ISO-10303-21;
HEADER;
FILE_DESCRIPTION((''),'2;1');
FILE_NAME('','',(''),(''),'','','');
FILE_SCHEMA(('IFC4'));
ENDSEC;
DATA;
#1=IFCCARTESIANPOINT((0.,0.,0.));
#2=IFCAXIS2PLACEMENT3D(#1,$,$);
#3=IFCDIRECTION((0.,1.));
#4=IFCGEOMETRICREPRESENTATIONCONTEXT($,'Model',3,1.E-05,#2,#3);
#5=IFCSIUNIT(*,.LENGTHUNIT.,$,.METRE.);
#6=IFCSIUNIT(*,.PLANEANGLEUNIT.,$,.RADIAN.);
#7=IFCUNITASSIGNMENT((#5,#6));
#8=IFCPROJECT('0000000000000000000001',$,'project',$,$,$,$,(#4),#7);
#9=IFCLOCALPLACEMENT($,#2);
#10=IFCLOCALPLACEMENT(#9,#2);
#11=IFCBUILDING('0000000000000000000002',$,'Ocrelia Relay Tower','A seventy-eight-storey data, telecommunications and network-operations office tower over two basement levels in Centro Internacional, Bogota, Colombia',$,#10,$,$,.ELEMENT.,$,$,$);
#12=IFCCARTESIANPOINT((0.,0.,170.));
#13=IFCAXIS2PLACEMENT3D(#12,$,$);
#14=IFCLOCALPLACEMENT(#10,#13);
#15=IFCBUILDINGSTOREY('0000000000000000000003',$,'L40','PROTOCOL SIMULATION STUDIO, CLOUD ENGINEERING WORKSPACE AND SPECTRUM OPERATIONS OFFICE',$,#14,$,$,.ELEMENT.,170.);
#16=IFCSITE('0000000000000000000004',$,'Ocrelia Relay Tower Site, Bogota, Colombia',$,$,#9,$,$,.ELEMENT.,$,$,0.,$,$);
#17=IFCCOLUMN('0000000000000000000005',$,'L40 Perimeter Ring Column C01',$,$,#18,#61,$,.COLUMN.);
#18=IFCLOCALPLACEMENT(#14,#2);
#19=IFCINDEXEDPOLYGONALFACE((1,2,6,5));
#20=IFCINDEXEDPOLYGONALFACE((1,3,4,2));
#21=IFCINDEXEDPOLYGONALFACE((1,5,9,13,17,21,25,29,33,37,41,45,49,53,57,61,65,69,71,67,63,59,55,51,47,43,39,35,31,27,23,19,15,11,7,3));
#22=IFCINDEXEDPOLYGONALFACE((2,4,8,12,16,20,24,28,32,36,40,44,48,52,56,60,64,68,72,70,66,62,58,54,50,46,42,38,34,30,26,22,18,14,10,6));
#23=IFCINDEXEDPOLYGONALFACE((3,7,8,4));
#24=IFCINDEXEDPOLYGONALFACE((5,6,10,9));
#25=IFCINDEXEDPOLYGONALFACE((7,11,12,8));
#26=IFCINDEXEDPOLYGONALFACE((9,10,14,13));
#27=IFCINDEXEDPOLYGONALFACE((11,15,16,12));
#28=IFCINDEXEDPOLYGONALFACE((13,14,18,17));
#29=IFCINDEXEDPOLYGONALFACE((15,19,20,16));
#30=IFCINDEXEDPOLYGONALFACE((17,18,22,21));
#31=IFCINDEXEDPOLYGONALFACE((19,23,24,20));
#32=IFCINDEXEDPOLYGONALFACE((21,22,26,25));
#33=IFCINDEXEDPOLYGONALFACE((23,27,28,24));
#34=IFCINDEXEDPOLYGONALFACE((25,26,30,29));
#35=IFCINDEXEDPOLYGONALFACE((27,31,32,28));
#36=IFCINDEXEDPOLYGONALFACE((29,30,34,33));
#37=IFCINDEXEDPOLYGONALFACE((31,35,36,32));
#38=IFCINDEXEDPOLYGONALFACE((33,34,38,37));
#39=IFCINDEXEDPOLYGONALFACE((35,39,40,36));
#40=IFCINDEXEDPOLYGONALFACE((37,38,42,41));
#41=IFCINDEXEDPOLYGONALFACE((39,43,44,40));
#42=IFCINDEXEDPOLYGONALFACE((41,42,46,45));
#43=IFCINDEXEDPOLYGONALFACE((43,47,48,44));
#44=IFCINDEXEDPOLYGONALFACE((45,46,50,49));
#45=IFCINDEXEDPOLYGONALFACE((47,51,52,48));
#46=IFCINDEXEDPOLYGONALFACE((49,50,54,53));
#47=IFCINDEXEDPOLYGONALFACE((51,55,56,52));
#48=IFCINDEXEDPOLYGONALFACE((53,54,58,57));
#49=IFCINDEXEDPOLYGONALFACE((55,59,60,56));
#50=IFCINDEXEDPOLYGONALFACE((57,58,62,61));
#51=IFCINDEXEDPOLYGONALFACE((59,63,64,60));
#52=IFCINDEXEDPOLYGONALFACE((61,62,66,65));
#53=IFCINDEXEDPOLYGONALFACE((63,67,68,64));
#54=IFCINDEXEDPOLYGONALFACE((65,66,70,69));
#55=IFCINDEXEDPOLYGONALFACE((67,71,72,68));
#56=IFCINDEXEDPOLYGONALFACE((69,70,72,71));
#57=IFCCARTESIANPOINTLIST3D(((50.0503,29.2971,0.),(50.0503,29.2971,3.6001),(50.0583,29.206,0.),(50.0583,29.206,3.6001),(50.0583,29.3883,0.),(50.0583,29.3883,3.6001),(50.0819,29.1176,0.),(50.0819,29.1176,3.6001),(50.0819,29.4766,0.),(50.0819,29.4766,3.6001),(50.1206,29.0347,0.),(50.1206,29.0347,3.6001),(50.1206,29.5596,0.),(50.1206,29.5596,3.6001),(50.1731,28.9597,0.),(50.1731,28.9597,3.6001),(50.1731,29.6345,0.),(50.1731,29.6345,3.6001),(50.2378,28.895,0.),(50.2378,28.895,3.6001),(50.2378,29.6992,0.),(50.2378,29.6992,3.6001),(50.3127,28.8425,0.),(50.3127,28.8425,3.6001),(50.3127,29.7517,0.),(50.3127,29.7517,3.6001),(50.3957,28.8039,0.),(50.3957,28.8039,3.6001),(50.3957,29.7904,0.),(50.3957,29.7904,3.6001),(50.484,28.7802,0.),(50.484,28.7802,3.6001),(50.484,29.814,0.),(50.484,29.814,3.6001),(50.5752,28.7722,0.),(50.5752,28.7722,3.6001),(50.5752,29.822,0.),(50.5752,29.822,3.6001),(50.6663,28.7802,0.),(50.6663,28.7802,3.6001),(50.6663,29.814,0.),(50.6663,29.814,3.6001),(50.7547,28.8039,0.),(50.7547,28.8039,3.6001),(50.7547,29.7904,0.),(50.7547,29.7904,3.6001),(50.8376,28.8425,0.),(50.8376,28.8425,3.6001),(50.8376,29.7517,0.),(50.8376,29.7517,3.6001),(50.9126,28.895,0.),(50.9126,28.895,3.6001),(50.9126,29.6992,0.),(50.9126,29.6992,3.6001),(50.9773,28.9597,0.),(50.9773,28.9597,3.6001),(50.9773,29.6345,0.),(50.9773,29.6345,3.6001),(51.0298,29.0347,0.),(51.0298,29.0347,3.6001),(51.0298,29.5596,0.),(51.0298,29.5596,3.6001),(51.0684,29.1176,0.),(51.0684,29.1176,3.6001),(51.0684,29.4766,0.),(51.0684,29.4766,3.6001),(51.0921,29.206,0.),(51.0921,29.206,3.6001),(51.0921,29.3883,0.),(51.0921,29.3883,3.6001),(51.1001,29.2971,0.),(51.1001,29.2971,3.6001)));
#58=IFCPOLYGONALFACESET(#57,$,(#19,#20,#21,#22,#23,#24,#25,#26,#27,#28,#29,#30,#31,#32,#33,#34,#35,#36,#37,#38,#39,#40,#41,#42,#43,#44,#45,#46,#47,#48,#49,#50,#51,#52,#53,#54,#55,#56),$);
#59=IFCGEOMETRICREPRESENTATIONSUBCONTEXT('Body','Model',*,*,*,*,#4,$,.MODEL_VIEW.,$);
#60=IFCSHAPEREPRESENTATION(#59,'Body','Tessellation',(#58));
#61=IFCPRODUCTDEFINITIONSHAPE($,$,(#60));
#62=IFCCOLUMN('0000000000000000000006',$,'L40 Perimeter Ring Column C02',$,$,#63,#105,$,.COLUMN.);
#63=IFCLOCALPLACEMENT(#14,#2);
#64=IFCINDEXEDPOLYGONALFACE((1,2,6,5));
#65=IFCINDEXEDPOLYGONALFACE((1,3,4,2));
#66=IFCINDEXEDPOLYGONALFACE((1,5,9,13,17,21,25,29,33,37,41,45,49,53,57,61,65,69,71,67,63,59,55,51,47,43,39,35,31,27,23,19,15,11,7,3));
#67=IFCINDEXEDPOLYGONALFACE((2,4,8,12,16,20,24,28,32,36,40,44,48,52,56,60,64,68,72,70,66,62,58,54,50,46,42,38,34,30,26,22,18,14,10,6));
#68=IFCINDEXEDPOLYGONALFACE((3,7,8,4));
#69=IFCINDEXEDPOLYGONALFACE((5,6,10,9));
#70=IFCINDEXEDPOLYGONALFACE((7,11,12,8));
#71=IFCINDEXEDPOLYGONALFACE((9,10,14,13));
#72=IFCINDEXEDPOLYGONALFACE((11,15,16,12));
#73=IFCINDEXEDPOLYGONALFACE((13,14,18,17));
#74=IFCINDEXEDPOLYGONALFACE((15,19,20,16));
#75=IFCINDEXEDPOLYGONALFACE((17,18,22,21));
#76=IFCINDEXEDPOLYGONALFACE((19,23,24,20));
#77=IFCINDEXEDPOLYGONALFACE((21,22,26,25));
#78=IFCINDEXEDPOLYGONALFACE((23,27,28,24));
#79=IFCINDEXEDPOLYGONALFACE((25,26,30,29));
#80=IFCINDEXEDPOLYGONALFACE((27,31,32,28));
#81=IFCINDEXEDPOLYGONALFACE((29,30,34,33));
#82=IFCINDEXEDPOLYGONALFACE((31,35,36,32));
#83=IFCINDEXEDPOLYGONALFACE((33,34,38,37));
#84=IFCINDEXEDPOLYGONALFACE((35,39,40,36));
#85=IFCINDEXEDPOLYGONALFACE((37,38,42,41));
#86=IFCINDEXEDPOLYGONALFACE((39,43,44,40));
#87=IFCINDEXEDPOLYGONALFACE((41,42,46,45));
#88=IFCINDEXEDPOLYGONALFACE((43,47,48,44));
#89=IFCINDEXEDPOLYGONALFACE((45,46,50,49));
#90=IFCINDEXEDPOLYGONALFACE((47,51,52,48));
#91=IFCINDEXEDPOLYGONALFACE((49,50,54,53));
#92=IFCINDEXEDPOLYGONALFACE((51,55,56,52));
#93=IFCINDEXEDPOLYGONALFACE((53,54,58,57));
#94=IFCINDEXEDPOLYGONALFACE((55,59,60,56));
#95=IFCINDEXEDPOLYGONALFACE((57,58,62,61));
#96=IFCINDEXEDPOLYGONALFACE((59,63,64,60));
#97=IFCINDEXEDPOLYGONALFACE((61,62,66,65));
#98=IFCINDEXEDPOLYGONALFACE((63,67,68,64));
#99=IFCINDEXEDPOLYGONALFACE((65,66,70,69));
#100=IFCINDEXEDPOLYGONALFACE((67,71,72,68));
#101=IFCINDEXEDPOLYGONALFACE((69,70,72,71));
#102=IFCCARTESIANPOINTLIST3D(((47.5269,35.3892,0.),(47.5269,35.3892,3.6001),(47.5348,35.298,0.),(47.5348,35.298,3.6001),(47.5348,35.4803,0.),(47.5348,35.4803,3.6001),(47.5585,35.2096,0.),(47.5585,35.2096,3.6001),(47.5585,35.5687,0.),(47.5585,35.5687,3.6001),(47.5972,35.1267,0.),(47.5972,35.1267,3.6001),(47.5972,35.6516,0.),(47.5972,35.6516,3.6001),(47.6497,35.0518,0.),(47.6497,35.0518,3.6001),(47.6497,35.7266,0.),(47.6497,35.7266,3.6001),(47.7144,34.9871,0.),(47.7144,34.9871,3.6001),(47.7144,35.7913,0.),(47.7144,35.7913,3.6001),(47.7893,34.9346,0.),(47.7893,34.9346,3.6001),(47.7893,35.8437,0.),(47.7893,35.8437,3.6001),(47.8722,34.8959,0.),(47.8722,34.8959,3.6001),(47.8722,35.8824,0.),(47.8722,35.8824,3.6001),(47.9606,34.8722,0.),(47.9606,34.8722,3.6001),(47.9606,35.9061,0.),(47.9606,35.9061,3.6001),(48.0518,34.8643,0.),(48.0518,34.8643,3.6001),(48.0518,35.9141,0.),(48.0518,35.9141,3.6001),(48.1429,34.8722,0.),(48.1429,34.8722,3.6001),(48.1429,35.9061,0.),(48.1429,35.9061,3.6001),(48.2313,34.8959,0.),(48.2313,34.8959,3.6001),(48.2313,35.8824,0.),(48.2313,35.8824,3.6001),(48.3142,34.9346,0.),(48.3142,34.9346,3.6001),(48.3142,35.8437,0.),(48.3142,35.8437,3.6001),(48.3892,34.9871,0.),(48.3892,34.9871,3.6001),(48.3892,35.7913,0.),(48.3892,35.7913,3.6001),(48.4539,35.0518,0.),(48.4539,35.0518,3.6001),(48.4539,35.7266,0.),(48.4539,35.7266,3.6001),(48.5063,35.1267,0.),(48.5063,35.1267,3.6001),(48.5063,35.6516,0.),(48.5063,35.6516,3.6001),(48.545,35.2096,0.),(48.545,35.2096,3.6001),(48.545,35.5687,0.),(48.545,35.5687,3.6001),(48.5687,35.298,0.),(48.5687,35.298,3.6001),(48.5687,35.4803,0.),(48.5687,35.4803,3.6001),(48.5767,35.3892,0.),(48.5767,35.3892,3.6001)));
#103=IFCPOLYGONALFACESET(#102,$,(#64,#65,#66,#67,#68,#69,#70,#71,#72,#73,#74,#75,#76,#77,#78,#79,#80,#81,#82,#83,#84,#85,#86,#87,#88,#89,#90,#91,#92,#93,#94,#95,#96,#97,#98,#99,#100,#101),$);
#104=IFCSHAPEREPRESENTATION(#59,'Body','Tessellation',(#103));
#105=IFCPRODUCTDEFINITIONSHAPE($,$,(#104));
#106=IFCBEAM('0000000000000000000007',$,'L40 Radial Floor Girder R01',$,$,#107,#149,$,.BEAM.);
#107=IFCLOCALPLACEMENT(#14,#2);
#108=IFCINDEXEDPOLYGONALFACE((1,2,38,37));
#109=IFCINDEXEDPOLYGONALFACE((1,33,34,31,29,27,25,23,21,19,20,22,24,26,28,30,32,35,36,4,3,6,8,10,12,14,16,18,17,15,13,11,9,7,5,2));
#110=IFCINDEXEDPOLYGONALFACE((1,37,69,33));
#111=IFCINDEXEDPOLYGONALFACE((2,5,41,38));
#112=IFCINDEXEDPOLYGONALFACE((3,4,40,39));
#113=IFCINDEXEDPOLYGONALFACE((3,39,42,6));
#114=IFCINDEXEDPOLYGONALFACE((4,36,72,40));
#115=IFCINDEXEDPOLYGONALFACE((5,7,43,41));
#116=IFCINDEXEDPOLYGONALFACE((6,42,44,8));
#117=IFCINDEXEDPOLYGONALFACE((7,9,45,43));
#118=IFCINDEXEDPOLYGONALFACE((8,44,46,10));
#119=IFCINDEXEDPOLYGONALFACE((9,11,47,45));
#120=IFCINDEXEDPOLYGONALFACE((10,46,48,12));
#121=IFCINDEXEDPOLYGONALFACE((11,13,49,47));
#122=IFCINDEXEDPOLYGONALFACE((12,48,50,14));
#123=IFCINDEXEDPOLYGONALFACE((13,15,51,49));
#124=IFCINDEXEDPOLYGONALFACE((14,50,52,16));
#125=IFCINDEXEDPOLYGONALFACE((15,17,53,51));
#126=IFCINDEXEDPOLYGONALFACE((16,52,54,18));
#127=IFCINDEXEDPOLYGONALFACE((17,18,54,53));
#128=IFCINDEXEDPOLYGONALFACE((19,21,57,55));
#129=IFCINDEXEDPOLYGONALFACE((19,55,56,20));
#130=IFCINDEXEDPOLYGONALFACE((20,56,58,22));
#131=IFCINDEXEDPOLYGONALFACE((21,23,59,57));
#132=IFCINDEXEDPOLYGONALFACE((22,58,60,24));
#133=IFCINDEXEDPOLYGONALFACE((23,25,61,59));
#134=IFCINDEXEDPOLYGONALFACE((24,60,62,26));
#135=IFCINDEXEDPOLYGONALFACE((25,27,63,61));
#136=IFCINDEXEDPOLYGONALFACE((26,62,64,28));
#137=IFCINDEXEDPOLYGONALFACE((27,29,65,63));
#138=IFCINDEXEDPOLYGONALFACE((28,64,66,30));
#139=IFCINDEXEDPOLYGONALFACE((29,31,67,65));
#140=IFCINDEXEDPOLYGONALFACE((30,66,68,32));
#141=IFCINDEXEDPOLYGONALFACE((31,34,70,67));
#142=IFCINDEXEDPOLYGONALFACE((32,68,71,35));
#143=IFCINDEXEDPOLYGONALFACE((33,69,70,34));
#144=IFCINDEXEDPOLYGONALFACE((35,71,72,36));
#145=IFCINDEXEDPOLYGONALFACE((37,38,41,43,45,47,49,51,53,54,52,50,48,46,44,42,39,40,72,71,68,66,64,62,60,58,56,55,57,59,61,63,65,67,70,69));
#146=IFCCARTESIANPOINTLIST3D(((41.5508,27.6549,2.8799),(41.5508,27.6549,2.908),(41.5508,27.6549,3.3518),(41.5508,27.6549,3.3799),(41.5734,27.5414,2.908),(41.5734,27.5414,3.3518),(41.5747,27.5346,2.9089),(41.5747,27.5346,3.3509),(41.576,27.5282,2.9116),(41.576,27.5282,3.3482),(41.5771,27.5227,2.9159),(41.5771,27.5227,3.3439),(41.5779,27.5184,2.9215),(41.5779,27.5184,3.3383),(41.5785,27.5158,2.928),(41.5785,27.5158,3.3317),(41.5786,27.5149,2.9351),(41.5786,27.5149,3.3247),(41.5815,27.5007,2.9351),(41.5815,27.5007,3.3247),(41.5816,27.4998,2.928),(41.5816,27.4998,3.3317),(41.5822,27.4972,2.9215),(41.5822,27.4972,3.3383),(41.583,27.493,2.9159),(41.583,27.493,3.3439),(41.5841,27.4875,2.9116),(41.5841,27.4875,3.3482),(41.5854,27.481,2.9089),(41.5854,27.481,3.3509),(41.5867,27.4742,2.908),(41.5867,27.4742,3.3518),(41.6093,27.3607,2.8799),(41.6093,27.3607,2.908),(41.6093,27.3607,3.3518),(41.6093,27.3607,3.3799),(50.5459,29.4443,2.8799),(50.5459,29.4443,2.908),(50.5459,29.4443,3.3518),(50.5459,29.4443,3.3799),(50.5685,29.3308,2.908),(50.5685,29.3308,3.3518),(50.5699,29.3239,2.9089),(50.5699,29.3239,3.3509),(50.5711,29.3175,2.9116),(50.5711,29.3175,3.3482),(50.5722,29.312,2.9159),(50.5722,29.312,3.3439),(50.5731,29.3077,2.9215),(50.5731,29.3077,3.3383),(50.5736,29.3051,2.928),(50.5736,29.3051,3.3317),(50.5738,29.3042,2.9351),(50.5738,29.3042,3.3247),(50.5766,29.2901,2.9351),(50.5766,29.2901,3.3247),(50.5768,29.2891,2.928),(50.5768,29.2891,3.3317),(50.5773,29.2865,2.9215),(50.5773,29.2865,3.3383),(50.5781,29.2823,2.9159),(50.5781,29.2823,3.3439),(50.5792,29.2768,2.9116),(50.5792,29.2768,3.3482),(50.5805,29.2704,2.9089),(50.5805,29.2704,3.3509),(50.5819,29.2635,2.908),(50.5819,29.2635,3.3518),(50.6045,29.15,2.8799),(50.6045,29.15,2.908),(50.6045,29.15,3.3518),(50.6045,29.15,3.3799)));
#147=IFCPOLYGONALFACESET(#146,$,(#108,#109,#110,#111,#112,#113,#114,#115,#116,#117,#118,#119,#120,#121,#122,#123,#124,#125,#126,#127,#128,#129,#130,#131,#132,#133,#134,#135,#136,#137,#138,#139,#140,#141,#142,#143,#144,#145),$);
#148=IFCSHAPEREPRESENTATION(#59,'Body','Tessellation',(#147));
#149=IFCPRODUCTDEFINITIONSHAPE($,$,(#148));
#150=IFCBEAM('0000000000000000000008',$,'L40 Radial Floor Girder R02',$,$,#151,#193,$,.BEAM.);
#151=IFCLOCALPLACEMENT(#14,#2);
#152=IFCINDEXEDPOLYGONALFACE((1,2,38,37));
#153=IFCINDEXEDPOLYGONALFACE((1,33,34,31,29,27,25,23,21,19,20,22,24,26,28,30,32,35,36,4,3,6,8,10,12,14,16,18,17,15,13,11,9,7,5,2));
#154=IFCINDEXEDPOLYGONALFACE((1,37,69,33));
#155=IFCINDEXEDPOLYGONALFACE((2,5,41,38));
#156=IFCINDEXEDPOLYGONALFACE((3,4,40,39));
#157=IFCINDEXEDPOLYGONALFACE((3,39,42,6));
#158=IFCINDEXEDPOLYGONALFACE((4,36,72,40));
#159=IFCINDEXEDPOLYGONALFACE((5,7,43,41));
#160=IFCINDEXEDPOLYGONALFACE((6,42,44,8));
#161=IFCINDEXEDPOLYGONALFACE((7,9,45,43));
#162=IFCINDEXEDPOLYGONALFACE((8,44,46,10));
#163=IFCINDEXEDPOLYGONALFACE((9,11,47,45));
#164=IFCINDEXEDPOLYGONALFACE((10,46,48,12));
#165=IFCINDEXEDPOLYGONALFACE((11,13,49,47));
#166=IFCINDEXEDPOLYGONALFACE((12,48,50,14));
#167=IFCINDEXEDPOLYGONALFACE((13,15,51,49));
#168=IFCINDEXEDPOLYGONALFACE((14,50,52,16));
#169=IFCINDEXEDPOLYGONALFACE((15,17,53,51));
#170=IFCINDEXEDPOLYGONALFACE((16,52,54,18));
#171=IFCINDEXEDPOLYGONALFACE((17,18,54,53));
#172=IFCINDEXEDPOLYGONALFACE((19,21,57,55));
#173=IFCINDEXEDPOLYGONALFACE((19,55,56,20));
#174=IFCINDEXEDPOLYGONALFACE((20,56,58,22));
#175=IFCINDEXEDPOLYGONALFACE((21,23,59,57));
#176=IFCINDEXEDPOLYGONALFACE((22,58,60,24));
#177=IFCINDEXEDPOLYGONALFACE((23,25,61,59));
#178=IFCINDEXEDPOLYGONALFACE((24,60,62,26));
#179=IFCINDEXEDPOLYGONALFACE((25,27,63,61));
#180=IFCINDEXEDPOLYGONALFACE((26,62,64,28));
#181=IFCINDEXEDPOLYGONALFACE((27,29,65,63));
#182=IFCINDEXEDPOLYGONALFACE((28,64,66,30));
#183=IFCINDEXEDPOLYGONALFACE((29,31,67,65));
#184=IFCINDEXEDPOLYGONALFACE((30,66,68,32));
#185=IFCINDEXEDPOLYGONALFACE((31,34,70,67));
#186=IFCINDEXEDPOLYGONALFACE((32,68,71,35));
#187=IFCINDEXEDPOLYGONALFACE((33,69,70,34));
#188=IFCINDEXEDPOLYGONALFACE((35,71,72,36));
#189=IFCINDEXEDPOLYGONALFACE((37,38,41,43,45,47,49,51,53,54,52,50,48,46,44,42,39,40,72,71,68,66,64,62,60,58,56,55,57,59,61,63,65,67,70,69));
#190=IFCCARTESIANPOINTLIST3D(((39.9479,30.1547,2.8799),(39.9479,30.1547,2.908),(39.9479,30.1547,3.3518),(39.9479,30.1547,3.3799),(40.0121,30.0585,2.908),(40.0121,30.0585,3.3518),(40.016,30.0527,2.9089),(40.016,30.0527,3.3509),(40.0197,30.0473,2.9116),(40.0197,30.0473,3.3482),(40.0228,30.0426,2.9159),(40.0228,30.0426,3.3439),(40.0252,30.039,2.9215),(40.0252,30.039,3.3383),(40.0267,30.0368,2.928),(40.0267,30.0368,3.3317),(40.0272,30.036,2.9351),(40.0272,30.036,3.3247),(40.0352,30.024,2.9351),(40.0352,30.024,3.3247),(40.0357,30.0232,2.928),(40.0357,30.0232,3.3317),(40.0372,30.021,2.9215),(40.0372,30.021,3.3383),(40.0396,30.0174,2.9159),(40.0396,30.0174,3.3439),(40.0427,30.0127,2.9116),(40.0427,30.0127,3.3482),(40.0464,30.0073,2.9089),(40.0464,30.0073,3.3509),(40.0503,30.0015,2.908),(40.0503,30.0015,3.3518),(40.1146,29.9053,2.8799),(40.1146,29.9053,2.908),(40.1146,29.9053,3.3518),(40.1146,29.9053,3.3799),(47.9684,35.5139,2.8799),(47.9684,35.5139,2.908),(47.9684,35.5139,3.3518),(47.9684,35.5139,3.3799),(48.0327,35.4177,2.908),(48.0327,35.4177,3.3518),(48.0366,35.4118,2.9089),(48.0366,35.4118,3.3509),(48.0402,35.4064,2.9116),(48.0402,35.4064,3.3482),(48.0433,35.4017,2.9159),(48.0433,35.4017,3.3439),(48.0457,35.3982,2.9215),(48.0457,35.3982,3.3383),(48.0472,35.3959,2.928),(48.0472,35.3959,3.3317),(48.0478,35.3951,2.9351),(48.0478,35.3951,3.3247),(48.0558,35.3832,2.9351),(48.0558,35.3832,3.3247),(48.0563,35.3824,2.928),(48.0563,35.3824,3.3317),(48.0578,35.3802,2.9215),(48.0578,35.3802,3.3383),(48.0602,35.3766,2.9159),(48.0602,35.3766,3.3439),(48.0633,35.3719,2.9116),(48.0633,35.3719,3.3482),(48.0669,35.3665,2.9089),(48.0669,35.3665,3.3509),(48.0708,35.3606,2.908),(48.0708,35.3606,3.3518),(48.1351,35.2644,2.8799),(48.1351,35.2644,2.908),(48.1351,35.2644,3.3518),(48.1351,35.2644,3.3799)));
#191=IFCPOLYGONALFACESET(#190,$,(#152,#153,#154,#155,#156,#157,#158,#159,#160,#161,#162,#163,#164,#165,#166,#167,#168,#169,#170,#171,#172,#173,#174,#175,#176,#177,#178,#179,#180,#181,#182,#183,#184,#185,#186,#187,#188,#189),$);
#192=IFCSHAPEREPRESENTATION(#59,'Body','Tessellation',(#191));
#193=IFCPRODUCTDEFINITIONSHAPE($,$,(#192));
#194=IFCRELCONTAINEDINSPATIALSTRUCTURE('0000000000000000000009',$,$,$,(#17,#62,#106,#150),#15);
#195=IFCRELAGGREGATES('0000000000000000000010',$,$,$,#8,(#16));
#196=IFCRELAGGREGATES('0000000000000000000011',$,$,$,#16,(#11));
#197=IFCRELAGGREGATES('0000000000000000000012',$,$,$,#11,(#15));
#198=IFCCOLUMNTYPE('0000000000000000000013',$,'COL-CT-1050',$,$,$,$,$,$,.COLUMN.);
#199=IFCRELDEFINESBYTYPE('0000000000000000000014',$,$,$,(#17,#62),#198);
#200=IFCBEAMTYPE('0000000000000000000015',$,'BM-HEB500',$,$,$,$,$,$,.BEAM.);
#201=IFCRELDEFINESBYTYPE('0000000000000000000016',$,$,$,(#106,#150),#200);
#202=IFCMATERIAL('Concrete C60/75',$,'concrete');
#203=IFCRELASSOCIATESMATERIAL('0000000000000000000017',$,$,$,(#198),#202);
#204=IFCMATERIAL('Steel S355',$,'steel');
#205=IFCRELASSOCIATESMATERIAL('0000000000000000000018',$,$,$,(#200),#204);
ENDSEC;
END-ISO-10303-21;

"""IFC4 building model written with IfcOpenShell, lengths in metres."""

from ifc_helpers import new_model, si_unit, direction, frame, origin, origin_2d, place, context, subcontext, project, spatial, circle, i_section, extrude, material, material_profile, profile_set, type_object, element, save


model = new_model("IFC4")

# Units and contexts
model_context = context("Model", 3, precision=1e-05, world=origin(), true_north=direction((0.0, 1.0)))
body_context = subcontext(model_context, "Body", "Model", "MODEL_VIEW")
ifc_project = project(units=[si_unit("LENGTHUNIT", "METRE"), si_unit("PLANEANGLEUNIT", "RADIAN")], contexts=[model_context])

# Site, building, storey
site_placement = place(None, origin())
site = spatial("IfcSite", under=ifc_project, at=site_placement, Name="Ocrelia Relay Tower Site, Bogota, Colombia", CompositionType="ELEMENT", RefElevation=0.0)
building_placement = place(site_placement, origin())
building = spatial("IfcBuilding", under=site, at=building_placement, Name="Ocrelia Relay Tower", Description="A seventy-eight-storey data, telecommunications and network-operations office tower over two basement levels in Centro Internacional, Bogota, Colombia", CompositionType="ELEMENT")
storey_placement = place(building_placement, frame((0.0, 0.0, 170.0)))
storey = spatial("IfcBuildingStorey", under=building, at=storey_placement, Name="L40", Description="PROTOCOL SIMULATION STUDIO, CLOUD ENGINEERING WORKSPACE AND SPECTRUM OPERATIONS OFFICE", CompositionType="ELEMENT", Elevation=170.0)

# Columns
ifc_material_1 = material(Name="Concrete C60/75", Category="concrete")
ifc_material_profile_1 = material_profile(ifc_material_1, circle(Radius=0.5249, at=origin_2d()), Name="RC-CIR-1050")
ifc_profile_set_1 = profile_set([ifc_material_profile_1], Name="Concrete C60/75")
column_type = type_object("IfcColumnType", Name="COL-CT-1050", PredefinedType="COLUMN", material=ifc_profile_set_1)
for number, where, z_axis, x_axis, name in (
    (1, (50.5752, 29.2971, 0.0), (0.0, 0.0, 1.0), (1.0, 0.0, 0.0), "L40 Perimeter Ring Column C01"),
    (2, (48.0518, 35.3892, 0.0), (0.0, 0.0, 1.0), (1.0, 0.0, 0.0), "L40 Perimeter Ring Column C02"),
):
    element("IfcColumn", number, at=place(storey_placement, frame(where, z_axis=z_axis, x_axis=x_axis)), inside=storey, type_object=column_type, Name=name, PredefinedType="COLUMN", context=body_context, shape_type="SweptSolid", body=[
        extrude(circle(Radius=0.5249, at=origin_2d()), origin(), (0.0, 0.0, 1.0), 3.6001),
    ])

# Beams
ifc_material_2 = material(Name="Steel S355", Category="steel")
ifc_material_profile_2 = material_profile(ifc_material_2, i_section(OverallWidth=0.3, OverallDepth=0.5, WebThickness=0.0144, FlangeThickness=0.0281, FilletRadius=0.0271, at=origin_2d()), Name="HEB 500")
ifc_profile_set_2 = profile_set([ifc_material_profile_2], Name="Steel S355")
beam_type_1 = type_object("IfcBeamType", Name="BM-HEB500", PredefinedType="BEAM", material=ifc_profile_set_2)
beam_1_placement = place(storey_placement, frame((50.5752, 29.2971, 3.1299), z_axis=(-0.980784, -0.195097, 0.0), x_axis=(0.195097, -0.980784, 0.0)))
element("IfcBeam", 3, at=beam_1_placement, inside=storey, type_object=beam_type_1, Name="L40 Radial Floor Girder R01", PredefinedType="BEAM", context=body_context, shape_type="SweptSolid", body=[
    extrude(i_section(OverallWidth=0.3, OverallDepth=0.5, WebThickness=0.0144, FlangeThickness=0.0281, FilletRadius=0.0271, at=origin_2d()), origin(), (0.0, 0.0, 1.0), 9.1714),
])
beam_2_placement = place(storey_placement, frame((48.0518, 35.3892, 3.1299), z_axis=(-0.83147, -0.55557, 0.0), x_axis=(0.55557, -0.83147, 0.0)))
element("IfcBeam", 4, at=beam_2_placement, inside=storey, type_object=beam_type_1, Name="L40 Radial Floor Girder R02", PredefinedType="BEAM", context=body_context, shape_type="SweptSolid", body=[
    extrude(i_section(OverallWidth=0.3, OverallDepth=0.5, WebThickness=0.0144, FlangeThickness=0.0281, FilletRadius=0.0271, at=origin_2d()), origin(), (0.0, 0.0, 1.0), 9.6462),
])

save(model, "model.ifc")
